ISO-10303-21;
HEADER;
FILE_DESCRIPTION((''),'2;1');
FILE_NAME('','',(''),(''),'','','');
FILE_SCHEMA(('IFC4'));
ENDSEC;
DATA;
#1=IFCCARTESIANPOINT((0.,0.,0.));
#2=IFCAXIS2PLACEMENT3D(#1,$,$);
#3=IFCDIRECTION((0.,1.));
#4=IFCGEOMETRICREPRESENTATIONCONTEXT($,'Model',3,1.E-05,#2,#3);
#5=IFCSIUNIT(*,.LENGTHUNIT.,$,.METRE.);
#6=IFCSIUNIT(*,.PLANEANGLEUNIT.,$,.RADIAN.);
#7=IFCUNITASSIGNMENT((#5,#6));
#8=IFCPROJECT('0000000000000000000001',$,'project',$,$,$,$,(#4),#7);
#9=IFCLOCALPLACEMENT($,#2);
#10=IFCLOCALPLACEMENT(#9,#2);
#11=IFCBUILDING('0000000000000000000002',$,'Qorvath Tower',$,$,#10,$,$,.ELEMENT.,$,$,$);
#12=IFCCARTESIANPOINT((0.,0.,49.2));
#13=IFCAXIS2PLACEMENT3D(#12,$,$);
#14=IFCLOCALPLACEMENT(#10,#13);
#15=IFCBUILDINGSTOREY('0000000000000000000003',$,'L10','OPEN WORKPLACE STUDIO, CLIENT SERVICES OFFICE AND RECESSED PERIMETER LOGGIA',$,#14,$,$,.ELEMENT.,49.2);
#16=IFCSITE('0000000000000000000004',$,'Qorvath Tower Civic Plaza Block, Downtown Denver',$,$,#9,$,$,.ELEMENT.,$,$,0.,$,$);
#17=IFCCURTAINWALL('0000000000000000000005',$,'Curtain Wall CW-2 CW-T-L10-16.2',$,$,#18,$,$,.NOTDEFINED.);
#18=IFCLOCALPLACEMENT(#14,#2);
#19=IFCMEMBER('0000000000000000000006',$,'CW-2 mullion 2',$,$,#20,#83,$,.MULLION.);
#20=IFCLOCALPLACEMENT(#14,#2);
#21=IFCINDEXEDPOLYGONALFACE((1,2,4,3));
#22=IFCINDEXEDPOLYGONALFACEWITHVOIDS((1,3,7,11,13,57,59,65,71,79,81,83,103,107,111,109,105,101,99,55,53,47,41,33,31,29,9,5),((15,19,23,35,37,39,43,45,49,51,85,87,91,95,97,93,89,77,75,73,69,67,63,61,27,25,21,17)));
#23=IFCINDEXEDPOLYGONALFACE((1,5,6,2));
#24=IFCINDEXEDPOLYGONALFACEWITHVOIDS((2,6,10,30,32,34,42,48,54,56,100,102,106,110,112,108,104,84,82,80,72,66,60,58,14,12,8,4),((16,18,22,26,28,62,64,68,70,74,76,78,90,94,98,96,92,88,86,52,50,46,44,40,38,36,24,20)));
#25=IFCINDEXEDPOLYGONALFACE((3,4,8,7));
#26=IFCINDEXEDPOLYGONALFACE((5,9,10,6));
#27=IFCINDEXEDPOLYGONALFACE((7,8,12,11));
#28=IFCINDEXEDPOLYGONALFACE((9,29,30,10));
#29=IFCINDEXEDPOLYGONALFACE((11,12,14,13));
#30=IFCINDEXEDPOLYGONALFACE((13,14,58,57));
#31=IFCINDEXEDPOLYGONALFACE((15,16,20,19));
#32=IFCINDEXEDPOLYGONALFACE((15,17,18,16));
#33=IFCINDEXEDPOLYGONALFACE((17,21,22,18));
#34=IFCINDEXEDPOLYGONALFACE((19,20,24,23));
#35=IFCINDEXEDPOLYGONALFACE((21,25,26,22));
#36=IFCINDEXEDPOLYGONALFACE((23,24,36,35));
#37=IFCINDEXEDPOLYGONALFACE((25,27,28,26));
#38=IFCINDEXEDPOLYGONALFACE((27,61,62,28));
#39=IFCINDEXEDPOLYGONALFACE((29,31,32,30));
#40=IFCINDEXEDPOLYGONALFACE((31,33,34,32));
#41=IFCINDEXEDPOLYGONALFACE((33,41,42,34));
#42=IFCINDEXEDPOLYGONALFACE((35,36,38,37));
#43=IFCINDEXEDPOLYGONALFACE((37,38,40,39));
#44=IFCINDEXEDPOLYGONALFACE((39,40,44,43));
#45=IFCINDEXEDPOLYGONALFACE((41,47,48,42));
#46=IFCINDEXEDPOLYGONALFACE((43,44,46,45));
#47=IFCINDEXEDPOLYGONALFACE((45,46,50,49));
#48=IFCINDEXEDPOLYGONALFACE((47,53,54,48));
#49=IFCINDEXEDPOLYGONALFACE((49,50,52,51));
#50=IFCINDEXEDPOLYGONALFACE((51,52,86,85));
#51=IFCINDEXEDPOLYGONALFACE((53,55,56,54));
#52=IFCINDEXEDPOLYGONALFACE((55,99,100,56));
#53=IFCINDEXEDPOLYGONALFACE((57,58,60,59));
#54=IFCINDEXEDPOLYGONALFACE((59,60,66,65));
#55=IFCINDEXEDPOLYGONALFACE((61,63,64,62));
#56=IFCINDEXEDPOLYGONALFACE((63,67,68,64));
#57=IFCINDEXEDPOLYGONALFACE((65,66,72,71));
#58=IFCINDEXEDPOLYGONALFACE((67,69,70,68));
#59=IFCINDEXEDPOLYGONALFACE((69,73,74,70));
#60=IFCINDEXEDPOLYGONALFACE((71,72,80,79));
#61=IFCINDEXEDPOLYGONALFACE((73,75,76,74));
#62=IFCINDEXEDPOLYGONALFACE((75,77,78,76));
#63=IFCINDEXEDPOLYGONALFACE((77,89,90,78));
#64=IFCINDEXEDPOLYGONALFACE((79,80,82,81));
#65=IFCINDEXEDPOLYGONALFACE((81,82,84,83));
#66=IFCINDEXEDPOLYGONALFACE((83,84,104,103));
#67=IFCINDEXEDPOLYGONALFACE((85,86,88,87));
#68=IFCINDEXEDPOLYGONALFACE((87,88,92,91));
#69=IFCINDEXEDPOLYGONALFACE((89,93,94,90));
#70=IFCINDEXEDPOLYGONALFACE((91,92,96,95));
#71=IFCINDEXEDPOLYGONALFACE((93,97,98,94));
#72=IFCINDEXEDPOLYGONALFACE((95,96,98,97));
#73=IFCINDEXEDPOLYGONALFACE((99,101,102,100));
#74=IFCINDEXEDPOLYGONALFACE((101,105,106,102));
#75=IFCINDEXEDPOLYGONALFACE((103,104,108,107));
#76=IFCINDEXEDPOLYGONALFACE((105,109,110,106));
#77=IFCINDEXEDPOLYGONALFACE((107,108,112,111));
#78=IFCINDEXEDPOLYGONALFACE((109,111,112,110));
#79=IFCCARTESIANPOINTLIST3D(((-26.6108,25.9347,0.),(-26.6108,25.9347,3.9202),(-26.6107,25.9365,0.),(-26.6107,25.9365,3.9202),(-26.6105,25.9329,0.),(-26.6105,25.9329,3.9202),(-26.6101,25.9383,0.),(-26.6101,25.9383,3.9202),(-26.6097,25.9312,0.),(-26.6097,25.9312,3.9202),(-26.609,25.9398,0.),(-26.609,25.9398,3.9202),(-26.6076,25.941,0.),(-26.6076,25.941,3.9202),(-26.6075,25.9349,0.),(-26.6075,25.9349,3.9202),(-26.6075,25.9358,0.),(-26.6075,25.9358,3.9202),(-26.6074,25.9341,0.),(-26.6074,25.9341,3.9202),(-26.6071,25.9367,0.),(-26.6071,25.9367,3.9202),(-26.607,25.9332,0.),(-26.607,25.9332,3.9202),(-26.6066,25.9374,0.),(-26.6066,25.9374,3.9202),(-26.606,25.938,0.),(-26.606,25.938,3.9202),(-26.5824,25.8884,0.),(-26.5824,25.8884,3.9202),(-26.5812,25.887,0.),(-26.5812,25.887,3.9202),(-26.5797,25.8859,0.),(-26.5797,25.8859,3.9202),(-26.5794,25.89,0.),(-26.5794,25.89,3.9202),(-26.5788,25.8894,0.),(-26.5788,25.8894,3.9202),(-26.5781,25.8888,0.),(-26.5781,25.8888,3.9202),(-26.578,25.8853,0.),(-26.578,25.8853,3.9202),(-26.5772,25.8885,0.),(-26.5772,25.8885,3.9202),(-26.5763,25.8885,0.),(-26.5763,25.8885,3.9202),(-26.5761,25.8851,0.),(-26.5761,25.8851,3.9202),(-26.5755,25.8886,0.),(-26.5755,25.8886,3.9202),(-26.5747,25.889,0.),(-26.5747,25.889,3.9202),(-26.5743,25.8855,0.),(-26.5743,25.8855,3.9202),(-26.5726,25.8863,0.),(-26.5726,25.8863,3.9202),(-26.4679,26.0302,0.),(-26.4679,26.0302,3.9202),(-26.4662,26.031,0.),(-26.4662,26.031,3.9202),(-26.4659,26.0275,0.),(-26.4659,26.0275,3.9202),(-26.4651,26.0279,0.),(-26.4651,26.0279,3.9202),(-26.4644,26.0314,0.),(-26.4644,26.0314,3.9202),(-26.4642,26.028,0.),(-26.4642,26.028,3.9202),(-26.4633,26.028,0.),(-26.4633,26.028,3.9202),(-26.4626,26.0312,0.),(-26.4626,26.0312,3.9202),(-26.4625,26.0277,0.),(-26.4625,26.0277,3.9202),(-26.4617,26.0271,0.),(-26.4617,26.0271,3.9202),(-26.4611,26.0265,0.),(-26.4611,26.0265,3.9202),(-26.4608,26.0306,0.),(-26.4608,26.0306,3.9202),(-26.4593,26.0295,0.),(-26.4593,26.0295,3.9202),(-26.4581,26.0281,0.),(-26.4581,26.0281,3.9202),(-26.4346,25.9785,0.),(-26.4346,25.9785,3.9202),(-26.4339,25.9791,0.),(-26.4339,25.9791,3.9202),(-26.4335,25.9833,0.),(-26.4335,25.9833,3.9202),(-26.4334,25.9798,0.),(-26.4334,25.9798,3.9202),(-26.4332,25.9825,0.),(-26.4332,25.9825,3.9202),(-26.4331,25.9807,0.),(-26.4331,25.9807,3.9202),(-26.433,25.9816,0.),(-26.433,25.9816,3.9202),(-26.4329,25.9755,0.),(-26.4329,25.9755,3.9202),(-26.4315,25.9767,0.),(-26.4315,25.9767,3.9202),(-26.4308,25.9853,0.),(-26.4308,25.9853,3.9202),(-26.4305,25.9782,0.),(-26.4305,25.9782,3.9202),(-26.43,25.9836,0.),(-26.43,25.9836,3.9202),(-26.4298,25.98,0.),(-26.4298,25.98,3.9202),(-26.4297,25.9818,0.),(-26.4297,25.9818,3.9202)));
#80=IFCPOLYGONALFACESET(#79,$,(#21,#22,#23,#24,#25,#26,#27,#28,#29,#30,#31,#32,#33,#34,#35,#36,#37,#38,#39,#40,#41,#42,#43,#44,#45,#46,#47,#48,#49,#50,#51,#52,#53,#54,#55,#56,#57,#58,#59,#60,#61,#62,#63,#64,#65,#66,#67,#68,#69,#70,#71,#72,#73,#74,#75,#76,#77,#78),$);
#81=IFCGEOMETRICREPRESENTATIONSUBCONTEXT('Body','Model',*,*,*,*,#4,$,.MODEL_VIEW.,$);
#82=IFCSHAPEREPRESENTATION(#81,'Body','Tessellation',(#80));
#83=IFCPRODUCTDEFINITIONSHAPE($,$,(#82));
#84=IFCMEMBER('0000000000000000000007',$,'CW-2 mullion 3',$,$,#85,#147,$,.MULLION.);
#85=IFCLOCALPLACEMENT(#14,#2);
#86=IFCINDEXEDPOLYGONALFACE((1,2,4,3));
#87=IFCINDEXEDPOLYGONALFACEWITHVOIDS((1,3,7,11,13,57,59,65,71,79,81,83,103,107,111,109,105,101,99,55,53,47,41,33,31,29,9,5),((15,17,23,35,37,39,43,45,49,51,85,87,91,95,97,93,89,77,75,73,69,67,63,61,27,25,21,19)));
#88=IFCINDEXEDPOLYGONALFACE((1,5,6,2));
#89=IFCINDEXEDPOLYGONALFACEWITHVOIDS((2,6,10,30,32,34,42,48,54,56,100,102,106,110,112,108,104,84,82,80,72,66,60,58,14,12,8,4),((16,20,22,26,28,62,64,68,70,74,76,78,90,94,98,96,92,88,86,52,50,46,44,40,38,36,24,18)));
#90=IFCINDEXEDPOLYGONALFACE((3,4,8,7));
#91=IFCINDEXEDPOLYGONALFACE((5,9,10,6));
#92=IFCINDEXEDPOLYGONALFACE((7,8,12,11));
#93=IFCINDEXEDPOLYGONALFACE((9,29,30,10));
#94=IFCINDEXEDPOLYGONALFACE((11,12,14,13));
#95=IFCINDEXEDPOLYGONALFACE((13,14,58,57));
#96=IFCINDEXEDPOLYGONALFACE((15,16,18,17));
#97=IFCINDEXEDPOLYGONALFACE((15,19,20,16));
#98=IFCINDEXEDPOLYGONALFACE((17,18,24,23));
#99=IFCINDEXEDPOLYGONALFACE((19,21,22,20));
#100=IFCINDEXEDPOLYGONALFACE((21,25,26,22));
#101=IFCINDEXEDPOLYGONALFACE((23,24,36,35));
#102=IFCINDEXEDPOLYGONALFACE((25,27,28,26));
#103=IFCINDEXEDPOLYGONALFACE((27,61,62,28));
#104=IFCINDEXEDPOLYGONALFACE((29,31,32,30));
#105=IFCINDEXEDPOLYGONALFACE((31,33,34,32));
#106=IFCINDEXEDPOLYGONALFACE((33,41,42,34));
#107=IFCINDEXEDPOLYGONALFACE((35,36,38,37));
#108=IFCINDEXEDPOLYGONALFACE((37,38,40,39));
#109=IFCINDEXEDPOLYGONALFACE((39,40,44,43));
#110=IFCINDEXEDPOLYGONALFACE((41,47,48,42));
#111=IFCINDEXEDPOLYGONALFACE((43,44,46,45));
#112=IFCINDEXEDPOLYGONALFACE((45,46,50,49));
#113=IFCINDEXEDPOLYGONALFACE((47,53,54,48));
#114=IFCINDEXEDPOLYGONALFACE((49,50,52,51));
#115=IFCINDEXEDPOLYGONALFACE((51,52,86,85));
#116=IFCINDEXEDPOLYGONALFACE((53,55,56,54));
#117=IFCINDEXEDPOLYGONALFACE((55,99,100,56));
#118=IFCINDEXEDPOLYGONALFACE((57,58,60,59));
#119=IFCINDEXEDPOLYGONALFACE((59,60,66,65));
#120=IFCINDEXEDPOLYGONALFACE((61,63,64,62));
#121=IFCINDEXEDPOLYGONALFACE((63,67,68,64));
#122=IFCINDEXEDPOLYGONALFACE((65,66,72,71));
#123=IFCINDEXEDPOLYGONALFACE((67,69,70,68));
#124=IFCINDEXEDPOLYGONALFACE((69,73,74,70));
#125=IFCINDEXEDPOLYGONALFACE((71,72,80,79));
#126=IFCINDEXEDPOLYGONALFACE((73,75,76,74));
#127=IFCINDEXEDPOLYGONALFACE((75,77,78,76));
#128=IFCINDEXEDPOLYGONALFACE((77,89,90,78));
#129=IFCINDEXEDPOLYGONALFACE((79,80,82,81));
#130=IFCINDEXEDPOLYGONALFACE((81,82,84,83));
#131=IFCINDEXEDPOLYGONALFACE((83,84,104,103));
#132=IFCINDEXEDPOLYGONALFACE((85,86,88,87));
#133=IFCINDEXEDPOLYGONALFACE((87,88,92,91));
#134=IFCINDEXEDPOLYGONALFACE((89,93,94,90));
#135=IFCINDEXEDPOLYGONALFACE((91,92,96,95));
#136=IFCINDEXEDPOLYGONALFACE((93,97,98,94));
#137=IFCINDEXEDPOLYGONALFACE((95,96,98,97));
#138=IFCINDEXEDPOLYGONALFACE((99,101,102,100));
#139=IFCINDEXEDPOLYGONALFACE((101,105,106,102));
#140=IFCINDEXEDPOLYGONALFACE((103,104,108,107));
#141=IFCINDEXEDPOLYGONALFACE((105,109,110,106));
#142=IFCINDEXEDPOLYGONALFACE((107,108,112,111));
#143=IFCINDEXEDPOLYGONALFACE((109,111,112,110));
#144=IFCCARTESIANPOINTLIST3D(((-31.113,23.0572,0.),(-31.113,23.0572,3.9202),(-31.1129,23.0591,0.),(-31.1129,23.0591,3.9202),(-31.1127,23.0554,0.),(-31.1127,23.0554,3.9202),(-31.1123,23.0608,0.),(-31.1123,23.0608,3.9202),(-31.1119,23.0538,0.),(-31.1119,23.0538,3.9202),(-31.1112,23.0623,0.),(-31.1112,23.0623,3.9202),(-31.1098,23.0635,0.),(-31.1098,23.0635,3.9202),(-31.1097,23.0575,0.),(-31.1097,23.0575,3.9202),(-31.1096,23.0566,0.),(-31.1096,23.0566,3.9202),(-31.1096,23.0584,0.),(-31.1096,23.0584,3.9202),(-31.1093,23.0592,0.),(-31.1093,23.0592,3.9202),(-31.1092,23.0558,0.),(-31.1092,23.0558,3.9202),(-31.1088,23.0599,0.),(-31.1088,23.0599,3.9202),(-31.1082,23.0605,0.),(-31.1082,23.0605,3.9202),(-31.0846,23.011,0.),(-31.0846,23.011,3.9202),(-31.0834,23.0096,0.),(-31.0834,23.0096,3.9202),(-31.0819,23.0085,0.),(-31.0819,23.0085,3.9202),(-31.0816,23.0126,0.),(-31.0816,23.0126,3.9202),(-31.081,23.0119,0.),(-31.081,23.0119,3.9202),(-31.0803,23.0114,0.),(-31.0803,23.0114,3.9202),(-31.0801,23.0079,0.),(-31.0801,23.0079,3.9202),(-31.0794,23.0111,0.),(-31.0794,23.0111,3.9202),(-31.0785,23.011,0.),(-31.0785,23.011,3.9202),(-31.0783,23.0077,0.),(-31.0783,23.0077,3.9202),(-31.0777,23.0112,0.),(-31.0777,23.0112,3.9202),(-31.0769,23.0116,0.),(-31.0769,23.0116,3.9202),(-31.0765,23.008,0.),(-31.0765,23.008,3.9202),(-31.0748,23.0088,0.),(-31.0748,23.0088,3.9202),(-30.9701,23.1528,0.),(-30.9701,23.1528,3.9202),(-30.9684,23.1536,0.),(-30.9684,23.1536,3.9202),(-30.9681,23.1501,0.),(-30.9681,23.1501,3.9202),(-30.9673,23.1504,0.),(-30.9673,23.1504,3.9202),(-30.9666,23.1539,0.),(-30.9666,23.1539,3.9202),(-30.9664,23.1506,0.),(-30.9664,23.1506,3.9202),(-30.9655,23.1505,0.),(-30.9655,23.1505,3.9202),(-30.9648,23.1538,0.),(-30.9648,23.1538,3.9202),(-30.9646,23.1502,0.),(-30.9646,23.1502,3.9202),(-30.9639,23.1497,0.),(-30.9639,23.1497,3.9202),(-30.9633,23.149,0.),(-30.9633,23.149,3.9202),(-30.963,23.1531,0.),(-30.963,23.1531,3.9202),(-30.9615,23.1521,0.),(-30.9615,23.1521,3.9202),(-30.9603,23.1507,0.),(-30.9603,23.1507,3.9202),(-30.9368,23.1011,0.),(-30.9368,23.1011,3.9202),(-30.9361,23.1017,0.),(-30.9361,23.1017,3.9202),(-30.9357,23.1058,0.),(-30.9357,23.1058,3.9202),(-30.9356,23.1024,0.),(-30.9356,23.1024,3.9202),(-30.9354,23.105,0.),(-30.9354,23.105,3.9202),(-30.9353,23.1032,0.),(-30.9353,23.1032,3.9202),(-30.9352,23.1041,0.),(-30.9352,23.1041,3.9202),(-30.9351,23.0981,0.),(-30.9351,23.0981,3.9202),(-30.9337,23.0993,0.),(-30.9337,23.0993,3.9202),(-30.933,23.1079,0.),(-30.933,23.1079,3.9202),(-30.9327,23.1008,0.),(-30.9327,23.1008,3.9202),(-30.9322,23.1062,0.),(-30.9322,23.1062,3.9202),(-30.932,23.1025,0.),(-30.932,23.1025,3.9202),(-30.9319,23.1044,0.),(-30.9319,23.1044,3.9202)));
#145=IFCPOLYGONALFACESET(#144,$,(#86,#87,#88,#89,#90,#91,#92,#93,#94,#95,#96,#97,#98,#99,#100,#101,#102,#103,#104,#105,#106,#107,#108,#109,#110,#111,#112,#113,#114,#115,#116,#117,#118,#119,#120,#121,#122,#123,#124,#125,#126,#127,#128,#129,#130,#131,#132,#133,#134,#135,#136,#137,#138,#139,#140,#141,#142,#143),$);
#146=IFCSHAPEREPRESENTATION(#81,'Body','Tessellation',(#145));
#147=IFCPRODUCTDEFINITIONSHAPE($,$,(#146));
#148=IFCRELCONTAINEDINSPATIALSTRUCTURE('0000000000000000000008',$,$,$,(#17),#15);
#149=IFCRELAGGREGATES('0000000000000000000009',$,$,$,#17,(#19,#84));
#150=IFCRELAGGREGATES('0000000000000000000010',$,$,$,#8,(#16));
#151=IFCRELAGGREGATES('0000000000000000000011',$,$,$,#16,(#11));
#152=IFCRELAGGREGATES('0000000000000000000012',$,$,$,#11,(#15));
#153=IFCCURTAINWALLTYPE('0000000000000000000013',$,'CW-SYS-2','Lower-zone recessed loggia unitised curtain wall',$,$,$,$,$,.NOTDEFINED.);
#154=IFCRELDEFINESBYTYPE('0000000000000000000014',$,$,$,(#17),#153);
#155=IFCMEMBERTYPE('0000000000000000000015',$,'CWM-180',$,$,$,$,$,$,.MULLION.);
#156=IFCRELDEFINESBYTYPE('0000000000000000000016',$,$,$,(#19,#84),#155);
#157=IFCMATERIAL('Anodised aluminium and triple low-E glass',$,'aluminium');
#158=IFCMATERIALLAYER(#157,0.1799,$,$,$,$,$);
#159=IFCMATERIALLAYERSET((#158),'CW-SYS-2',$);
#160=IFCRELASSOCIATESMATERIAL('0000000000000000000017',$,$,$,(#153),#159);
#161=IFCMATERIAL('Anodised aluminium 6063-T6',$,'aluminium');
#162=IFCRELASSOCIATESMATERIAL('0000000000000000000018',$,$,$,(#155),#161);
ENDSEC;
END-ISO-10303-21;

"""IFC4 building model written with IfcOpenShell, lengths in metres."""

from ifc_helpers import new_model, si_unit, direction, frame, origin, origin_2d, place, context, subcontext, project, spatial, hollow_rectangle, extrude, material, layer, layer_set, material_profile, profile_set, type_object, element, aggregate, save


model = new_model("IFC4")

# Units and contexts
model_context = context("Model", 3, precision=1e-05, world=origin(), true_north=direction((0.0, 1.0)))
body_context = subcontext(model_context, "Body", "Model", "MODEL_VIEW")
ifc_project = project(units=[si_unit("LENGTHUNIT", "METRE"), si_unit("PLANEANGLEUNIT", "RADIAN")], contexts=[model_context])

# Site, building, storey
site_placement = place(None, origin())
site = spatial("IfcSite", under=ifc_project, at=site_placement, Name="Qorvath Tower Civic Plaza Block, Downtown Denver", CompositionType="ELEMENT", RefElevation=0.0)
building_placement = place(site_placement, origin())
building = spatial("IfcBuilding", under=site, at=building_placement, Name="Qorvath Tower", CompositionType="ELEMENT")
storey_placement = place(building_placement, frame((0.0, 0.0, 49.2)))
storey = spatial("IfcBuildingStorey", under=building, at=storey_placement, Name="L10", Description="OPEN WORKPLACE STUDIO, CLIENT SERVICES OFFICE AND RECESSED PERIMETER LOGGIA", CompositionType="ELEMENT", Elevation=49.2)

# Shared definitions
ifc_material_1 = material(Name="Anodised aluminium and triple low-E glass", Category="aluminium")
ifc_layer_1 = layer(ifc_material_1, 0.1799)
ifc_layer_set_1 = layer_set([ifc_layer_1], Name="CW-SYS-2")
curtain_wall_type = type_object("IfcCurtainWallType", Name="CW-SYS-2", Description="Lower-zone recessed loggia unitised curtain wall", PredefinedType="NOTDEFINED", material=ifc_layer_set_1)
ifc_material_2 = material(Name="Anodised aluminium 6063-T6", Category="aluminium")
ifc_material_profile_1 = material_profile(ifc_material_2, hollow_rectangle(XDim=0.0649, YDim=0.1799, WallThickness=0.0034, InnerFilletRadius=0.0034, OuterFilletRadius=0.0071, at=origin_2d()), Name="CWM 180x65")
ifc_profile_set_1 = profile_set([ifc_material_profile_1], Name="Anodised aluminium 6063-T6")
member_type_1 = type_object("IfcMemberType", Name="CWM-180", PredefinedType="MULLION", material=ifc_profile_set_1)

# Curtain wall, members
curtain_wall_1_placement = place(storey_placement, origin())
curtain_wall_1 = element("IfcCurtainWall", 1, at=curtain_wall_1_placement, inside=storey, type_object=curtain_wall_type, Name="Curtain Wall CW-2 CW-T-L10-16.2", PredefinedType="NOTDEFINED")
member_1_placement = place(storey_placement, frame((-26.5203, 25.9583, 0.0), z_axis=(0.0, 0.0, 1.0), x_axis=(0.538541, -0.842599, 0.0)))
member_1 = element("IfcMember", 2, at=member_1_placement, type_object=member_type_1, Name="CW-2 mullion 2", PredefinedType="MULLION", context=body_context, shape_type="SweptSolid", body=[
    extrude(hollow_rectangle(XDim=0.0649, YDim=0.1799, WallThickness=0.0034, InnerFilletRadius=0.0034, OuterFilletRadius=0.0071, at=origin_2d()), origin(), (0.0, 0.0, 1.0), 3.9202),
])
member_2_placement = place(storey_placement, frame((-31.0225, 23.0808, 0.0), z_axis=(0.0, 0.0, 1.0), x_axis=(0.538541, -0.842599, 0.0)))
member_2 = element("IfcMember", 3, at=member_2_placement, type_object=member_type_1, Name="CW-2 mullion 3", PredefinedType="MULLION", context=body_context, shape_type="SweptSolid", body=[
    extrude(hollow_rectangle(XDim=0.0649, YDim=0.1799, WallThickness=0.0034, InnerFilletRadius=0.0034, OuterFilletRadius=0.0071, at=origin_2d()), origin(), (0.0, 0.0, 1.0), 3.9202),
])
aggregate(curtain_wall_1, [member_1, member_2])

save(model, "model.ifc")
